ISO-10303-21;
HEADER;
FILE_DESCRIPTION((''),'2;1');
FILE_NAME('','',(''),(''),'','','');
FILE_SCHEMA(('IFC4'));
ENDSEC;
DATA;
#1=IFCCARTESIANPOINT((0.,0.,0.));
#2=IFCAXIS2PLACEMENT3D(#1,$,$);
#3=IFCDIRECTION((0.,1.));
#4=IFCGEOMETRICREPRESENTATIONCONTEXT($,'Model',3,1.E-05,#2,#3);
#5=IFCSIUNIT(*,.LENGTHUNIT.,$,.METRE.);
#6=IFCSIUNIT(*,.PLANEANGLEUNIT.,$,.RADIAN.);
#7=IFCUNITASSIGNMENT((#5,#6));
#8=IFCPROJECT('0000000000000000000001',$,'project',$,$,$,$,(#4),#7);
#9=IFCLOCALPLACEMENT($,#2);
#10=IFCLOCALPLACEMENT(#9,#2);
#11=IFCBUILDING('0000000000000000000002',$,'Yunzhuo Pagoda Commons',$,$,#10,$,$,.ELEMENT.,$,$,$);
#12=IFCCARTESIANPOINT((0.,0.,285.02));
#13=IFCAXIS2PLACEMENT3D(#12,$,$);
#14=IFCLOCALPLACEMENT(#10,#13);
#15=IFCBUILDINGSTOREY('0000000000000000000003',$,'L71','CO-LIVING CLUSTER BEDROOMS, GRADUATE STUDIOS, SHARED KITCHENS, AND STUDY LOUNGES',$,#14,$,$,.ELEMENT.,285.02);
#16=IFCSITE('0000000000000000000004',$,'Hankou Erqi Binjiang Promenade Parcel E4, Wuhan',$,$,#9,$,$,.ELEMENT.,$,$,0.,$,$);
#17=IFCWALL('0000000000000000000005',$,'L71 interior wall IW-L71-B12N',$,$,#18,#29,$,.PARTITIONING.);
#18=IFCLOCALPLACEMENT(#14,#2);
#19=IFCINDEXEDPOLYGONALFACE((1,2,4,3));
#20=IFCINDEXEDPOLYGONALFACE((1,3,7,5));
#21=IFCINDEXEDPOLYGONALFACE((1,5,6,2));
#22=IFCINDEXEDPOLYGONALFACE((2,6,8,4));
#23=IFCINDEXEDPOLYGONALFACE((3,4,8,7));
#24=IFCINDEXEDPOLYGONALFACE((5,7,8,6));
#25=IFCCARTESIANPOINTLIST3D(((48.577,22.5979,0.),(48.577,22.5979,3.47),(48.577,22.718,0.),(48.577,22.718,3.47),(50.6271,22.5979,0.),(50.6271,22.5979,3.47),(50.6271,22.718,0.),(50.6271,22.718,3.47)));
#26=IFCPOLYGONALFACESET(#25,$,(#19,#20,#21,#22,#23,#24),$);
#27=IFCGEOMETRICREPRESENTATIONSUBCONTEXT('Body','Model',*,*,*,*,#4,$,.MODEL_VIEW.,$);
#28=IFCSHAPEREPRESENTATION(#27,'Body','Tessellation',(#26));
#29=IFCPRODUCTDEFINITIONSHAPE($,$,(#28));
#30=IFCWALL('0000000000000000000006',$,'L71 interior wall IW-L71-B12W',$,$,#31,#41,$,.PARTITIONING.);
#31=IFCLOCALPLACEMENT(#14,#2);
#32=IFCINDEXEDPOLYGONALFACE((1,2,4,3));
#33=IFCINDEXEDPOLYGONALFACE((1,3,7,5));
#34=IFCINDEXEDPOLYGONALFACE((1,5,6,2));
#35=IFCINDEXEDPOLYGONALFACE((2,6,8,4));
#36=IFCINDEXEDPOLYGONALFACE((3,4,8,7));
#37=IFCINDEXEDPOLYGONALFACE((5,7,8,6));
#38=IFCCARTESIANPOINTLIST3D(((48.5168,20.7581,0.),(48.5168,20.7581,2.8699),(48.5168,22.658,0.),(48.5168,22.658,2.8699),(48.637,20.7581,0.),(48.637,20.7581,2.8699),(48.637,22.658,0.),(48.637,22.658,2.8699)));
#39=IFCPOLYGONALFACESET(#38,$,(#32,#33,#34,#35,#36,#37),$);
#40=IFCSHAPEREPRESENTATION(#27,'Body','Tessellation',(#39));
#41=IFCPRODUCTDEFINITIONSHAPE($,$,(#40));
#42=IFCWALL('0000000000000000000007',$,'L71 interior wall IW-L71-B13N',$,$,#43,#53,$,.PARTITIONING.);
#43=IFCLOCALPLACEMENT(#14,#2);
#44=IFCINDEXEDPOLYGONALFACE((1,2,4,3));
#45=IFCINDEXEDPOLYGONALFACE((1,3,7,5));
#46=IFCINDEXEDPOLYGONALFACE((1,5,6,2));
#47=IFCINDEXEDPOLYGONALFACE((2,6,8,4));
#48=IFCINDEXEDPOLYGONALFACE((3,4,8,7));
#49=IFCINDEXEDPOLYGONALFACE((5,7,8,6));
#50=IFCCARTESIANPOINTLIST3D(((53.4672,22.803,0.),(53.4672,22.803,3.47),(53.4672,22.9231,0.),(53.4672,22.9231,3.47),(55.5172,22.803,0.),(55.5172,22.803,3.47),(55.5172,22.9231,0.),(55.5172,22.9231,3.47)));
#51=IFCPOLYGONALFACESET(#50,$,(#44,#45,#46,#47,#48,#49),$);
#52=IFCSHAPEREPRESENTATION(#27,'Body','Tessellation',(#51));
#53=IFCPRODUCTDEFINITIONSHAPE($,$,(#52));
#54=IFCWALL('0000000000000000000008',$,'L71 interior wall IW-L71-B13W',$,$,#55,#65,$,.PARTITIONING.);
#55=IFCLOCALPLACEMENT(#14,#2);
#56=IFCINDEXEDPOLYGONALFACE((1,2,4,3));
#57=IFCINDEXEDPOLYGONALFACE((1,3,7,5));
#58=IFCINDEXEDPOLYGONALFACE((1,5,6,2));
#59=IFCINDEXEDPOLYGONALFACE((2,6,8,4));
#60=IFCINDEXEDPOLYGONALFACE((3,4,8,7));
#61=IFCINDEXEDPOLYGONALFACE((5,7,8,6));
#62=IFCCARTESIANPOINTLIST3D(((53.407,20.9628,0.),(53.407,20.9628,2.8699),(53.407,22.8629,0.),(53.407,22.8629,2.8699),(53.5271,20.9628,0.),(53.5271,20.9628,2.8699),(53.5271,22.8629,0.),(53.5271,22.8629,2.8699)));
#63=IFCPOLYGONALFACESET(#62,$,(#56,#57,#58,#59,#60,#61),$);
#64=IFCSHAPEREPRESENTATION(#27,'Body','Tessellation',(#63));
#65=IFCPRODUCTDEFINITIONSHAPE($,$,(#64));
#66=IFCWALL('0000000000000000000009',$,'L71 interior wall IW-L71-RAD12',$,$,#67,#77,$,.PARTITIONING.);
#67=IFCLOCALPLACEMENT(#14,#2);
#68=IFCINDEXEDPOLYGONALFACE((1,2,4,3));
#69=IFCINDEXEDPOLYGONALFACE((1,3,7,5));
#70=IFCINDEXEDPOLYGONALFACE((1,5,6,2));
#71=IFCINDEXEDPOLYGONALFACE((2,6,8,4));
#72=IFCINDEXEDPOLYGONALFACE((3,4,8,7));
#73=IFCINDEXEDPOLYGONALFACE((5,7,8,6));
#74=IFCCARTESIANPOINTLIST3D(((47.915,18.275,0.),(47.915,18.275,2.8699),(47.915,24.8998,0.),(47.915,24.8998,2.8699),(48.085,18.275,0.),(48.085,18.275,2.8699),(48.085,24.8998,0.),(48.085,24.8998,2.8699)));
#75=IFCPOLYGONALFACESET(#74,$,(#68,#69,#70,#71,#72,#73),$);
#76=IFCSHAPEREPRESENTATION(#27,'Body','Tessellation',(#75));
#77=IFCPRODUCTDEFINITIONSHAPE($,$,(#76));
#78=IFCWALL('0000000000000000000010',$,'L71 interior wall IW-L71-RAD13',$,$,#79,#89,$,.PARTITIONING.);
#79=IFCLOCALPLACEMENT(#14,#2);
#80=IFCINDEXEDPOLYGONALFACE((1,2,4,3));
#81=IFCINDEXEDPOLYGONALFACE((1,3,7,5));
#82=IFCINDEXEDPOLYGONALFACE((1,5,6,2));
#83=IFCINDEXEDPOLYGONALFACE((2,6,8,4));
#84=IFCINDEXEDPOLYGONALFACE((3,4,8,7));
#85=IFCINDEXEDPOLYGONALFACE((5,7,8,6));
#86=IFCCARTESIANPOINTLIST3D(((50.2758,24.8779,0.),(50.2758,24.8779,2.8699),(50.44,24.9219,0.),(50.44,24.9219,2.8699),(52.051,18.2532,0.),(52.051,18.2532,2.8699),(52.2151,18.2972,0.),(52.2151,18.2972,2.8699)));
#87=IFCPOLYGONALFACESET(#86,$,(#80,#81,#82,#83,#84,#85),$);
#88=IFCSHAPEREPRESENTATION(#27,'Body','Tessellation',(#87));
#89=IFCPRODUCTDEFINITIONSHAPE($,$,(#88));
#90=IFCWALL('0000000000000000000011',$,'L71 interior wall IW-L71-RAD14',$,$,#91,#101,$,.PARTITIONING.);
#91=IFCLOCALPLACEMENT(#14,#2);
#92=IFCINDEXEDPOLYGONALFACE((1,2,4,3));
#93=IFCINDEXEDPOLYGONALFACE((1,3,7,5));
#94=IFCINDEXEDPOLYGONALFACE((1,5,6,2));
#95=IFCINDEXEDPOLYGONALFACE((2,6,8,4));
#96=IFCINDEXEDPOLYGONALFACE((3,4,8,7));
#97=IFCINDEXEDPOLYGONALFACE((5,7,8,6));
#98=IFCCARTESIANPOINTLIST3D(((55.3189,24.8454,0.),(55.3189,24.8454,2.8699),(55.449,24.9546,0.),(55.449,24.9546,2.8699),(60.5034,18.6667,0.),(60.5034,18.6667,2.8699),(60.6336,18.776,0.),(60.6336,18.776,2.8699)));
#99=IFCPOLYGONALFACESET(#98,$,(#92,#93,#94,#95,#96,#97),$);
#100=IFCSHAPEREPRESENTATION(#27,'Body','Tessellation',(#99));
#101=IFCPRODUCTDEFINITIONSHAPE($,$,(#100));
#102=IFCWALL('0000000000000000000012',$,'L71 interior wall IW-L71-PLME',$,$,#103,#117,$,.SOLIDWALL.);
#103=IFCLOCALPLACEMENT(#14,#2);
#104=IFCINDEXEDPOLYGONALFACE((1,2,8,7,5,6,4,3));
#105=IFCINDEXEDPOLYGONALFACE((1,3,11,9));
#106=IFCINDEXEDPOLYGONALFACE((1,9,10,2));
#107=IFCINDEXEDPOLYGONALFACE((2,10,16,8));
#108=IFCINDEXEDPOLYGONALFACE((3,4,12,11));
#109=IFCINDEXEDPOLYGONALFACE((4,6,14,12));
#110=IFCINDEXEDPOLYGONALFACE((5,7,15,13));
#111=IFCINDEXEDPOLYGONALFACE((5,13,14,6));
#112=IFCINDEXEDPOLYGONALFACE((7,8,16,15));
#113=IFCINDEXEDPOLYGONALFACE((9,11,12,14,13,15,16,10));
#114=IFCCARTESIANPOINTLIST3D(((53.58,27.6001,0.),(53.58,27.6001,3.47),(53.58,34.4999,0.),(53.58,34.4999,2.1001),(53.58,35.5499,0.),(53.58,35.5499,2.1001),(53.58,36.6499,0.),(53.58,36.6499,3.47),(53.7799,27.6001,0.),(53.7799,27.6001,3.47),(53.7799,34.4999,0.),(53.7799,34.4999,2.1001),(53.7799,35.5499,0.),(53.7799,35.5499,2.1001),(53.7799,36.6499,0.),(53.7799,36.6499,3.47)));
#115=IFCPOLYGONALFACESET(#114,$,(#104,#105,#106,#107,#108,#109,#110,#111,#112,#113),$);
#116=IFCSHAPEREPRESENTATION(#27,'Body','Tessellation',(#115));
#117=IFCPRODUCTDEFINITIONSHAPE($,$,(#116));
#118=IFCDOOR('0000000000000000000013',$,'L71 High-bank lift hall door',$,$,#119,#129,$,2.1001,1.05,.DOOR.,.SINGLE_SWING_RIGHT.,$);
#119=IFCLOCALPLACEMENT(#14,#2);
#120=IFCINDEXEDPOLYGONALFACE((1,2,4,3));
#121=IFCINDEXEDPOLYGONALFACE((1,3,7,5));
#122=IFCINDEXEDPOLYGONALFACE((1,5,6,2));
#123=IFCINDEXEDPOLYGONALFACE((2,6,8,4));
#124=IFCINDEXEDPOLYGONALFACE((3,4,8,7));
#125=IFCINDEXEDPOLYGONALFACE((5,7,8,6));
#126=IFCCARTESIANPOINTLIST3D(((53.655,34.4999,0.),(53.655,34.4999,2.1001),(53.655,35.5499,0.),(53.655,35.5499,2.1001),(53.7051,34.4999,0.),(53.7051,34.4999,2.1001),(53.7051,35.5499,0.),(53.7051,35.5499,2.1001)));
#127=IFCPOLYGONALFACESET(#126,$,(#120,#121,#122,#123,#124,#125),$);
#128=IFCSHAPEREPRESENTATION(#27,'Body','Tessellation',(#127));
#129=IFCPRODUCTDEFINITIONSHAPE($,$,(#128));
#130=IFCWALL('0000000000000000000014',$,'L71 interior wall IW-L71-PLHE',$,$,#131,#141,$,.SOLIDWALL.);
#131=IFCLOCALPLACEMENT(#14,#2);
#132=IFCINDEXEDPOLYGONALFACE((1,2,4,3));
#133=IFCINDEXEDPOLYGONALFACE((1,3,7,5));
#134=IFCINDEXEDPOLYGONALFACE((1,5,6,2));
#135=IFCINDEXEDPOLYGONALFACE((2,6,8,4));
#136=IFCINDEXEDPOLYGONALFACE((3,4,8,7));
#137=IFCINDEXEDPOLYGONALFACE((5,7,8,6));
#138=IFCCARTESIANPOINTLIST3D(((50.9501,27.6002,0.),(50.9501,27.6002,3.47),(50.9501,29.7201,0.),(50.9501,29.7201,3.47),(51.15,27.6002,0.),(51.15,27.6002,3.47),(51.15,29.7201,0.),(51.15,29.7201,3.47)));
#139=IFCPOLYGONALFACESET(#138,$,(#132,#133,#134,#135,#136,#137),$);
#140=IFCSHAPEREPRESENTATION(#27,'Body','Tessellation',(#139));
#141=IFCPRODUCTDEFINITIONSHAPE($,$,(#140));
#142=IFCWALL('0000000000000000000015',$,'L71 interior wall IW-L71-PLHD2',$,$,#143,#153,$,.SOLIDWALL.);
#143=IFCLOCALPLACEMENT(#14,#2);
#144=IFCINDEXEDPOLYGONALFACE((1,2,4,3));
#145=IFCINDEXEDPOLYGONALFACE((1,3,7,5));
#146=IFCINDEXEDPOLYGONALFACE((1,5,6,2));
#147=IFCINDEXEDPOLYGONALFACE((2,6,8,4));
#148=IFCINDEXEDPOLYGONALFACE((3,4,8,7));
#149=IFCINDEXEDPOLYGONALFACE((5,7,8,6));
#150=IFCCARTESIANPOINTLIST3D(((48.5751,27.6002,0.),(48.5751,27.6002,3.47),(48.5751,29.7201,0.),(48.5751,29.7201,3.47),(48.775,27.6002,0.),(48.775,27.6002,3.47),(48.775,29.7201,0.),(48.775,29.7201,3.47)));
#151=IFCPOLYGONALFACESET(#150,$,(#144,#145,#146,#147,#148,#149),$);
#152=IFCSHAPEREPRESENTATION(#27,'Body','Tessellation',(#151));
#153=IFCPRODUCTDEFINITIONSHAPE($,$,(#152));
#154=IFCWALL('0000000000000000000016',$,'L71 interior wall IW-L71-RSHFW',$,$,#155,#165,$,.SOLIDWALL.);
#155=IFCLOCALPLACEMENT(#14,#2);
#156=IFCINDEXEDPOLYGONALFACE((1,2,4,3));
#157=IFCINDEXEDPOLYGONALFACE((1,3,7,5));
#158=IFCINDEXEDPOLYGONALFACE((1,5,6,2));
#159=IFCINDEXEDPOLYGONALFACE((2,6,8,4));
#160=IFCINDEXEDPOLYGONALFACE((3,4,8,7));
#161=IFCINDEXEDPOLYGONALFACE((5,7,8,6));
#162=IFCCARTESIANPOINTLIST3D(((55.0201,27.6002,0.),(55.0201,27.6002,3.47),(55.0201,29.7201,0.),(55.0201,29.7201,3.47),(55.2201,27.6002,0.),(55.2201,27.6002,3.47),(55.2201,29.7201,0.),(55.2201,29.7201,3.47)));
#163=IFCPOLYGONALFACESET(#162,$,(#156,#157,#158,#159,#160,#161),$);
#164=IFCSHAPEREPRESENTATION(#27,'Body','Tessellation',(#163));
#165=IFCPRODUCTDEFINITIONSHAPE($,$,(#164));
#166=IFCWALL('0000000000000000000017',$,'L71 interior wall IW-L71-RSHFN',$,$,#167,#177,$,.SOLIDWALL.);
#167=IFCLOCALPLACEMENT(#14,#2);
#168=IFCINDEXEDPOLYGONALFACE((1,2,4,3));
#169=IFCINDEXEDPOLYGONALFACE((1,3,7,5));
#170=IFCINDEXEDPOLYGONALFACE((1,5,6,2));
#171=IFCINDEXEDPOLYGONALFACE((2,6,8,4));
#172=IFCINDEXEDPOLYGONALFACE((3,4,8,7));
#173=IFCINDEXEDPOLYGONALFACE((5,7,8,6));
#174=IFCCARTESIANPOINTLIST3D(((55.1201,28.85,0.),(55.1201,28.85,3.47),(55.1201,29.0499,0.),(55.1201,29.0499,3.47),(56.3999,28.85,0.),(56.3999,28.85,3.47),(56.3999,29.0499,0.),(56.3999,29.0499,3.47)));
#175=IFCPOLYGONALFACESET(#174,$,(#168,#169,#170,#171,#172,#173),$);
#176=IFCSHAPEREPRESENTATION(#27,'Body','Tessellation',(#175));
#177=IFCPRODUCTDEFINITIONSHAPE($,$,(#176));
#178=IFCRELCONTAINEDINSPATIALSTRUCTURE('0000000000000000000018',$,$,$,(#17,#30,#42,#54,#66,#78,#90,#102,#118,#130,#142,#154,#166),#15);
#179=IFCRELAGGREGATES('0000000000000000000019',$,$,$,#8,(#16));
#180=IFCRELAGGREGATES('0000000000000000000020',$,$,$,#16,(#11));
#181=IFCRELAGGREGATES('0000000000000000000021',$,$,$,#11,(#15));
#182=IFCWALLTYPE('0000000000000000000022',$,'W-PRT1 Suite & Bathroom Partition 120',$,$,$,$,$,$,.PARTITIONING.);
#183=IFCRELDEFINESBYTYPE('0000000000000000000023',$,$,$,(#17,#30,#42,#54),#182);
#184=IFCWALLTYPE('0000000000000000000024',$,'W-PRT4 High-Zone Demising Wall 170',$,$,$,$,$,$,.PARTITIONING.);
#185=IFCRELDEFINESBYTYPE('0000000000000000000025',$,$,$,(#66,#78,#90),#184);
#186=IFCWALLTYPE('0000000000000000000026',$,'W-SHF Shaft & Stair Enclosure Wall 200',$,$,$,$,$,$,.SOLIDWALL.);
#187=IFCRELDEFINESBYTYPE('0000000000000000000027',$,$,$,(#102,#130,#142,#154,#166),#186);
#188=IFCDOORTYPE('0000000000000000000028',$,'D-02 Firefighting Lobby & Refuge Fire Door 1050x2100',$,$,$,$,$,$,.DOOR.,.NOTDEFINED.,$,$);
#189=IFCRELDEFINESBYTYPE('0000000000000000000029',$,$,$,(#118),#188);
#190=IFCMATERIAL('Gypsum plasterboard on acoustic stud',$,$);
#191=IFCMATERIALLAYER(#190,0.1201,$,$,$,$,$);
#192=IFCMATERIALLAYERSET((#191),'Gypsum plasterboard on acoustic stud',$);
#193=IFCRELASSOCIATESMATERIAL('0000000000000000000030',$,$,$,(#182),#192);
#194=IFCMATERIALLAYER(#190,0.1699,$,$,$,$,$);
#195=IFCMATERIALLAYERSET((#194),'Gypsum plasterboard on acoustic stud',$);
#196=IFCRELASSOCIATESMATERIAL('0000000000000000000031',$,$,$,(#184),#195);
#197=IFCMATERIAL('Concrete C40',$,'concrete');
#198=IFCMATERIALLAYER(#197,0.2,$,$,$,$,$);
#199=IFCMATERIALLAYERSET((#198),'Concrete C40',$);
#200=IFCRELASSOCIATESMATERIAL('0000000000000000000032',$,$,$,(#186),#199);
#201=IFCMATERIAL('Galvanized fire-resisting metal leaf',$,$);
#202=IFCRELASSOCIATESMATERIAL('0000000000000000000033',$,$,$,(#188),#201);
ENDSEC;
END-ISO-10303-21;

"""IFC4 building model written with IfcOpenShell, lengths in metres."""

from ifc_helpers import new_model, si_unit, direction, frame, frame_2d, origin, origin_with_axes, place, context, subcontext, project, spatial, rectangle, extrude, source, transform, mapped, material, layer, layer_set, type_object, element, fill, save


model = new_model("IFC4")

# Units and contexts
model_context = context("Model", 3, precision=1e-05, world=origin(), true_north=direction((0.0, 1.0)))
body_context = subcontext(model_context, "Body", "Model", "MODEL_VIEW")
ifc_project = project(units=[si_unit("LENGTHUNIT", "METRE"), si_unit("PLANEANGLEUNIT", "RADIAN")], contexts=[model_context])

# Site, building, storey
site_placement = place(None, origin())
site = spatial("IfcSite", under=ifc_project, at=site_placement, Name="Hankou Erqi Binjiang Promenade Parcel E4, Wuhan", CompositionType="ELEMENT", RefElevation=0.0)
building_placement = place(site_placement, origin())
building = spatial("IfcBuilding", under=site, at=building_placement, Name="Yunzhuo Pagoda Commons", CompositionType="ELEMENT")
storey_placement = place(building_placement, frame((0.0, 0.0, 285.02)))
storey = spatial("IfcBuildingStorey", under=building, at=storey_placement, Name="L71", Description="CO-LIVING CLUSTER BEDROOMS, GRADUATE STUDIOS, SHARED KITCHENS, AND STUDY LOUNGES", CompositionType="ELEMENT", Elevation=285.02)

# Shared definitions
ifc_material_1 = material(Name="Gypsum plasterboard on acoustic stud")

# Shared definitions
ifc_material_2 = material(Name="Galvanized fire-resisting metal leaf")

# Walls
ifc_layer_1 = layer(ifc_material_1, 0.1201)
ifc_layer_set_1 = layer_set([ifc_layer_1], Name="Gypsum plasterboard on acoustic stud")
wall_type_1 = type_object("IfcWallType", Name="W-PRT1 Suite & Bathroom Partition 120", PredefinedType="PARTITIONING", material=ifc_layer_set_1)
for number, where, z_axis, x_axis, name in (
    (1, (50.627, 22.658, 0.0), (0.0, 0.0, 1.0), (-1.0, 0.0, 0.0), "L71 interior wall IW-L71-B12N"),
):
    element("IfcWall", number, at=place(storey_placement, frame(where, z_axis=z_axis, x_axis=x_axis)), inside=storey, type_object=wall_type_1, Name=name, PredefinedType="PARTITIONING", context=body_context, shape_type="SweptSolid", body=[
        extrude(rectangle(XDim=2.05, YDim=0.1201, at=frame_2d((1.0249, 0.0))), origin(), (0.0, 0.0, 1.0), 3.47),
    ])
wall_1_placement = place(storey_placement, frame((48.5769, 22.658, 0.0), z_axis=(0.0, 0.0, 1.0), x_axis=(0.0, -1.0, 0.0)))
element("IfcWall", 2, at=wall_1_placement, inside=storey, type_object=wall_type_1, Name="L71 interior wall IW-L71-B12W", PredefinedType="PARTITIONING", context=body_context, shape_type="SweptSolid", body=[
    extrude(rectangle(XDim=1.8999, YDim=0.1201, at=frame_2d((0.95, 0.0))), origin(), (0.0, 0.0, 1.0), 2.8699),
])
wall_2_placement = place(storey_placement, frame((55.5171, 22.863, 0.0), z_axis=(0.0, 0.0, 1.0), x_axis=(-1.0, 0.0, 0.0)))
element("IfcWall", 3, at=wall_2_placement, inside=storey, type_object=wall_type_1, Name="L71 interior wall IW-L71-B13N", PredefinedType="PARTITIONING", context=body_context, shape_type="SweptSolid", body=[
    extrude(rectangle(XDim=2.05, YDim=0.1201, at=frame_2d((1.0249, 0.0))), origin(), (0.0, 0.0, 1.0), 3.47),
])
wall_3_placement = place(storey_placement, frame((53.467, 22.863, 0.0), z_axis=(0.0, 0.0, 1.0), x_axis=(0.0, -1.0, 0.0)))
element("IfcWall", 4, at=wall_3_placement, inside=storey, type_object=wall_type_1, Name="L71 interior wall IW-L71-B13W", PredefinedType="PARTITIONING", context=body_context, shape_type="SweptSolid", body=[
    extrude(rectangle(XDim=1.9001, YDim=0.1201, at=frame_2d((0.9502, 0.0))), origin(), (0.0, 0.0, 1.0), 2.8699),
])
ifc_layer_2 = layer(ifc_material_1, 0.1699)
ifc_layer_set_2 = layer_set([ifc_layer_2], Name="Gypsum plasterboard on acoustic stud")
wall_type_2 = type_object("IfcWallType", Name="W-PRT4 High-Zone Demising Wall 170", PredefinedType="PARTITIONING", material=ifc_layer_set_2)
wall_4_placement = place(storey_placement, frame((48.0, 24.8999, 0.0), z_axis=(0.0, 0.0, 1.0), x_axis=(0.0, -1.0, 0.0)))
element("IfcWall", 5, at=wall_4_placement, inside=storey, type_object=wall_type_2, Name="L71 interior wall IW-L71-RAD12", PredefinedType="PARTITIONING", context=body_context, shape_type="SweptSolid", body=[
    extrude(rectangle(XDim=6.6248, YDim=0.1699, at=frame_2d((3.3125, 0.0))), origin(), (0.0, 0.0, 1.0), 2.8699),
])
wall_5_placement = place(storey_placement, frame((50.3579, 24.8999, 0.0), z_axis=(0.0, 0.0, 1.0), x_axis=(0.258826, -0.965924, 0.0)))
element("IfcWall", 6, at=wall_5_placement, inside=storey, type_object=wall_type_2, Name="L71 interior wall IW-L71-RAD13", PredefinedType="PARTITIONING", context=body_context, shape_type="SweptSolid", body=[
    extrude(rectangle(XDim=6.8584, YDim=0.1699, at=frame_2d((3.4292, 0.0))), origin(), (0.0, 0.0, 1.0), 2.8699),
])
wall_6_placement = place(storey_placement, frame((55.384, 24.8999, 0.0), z_axis=(0.0, 0.0, 1.0), x_axis=(0.642789, -0.766043, 0.0)))
element("IfcWall", 7, at=wall_6_placement, inside=storey, type_object=wall_type_2, Name="L71 interior wall IW-L71-RAD14", PredefinedType="PARTITIONING", context=body_context, shape_type="SweptSolid", body=[
    extrude(rectangle(XDim=8.0657, YDim=0.1699, at=frame_2d((4.0327, 0.0))), origin(), (0.0, 0.0, 1.0), 2.8699),
])

# Wall, opening, door
ifc_material_3 = material(Name="Concrete C40", Category="concrete")
ifc_layer_3 = layer(ifc_material_3, 0.2)
ifc_layer_set_3 = layer_set([ifc_layer_3], Name="Concrete C40")
wall_type_3 = type_object("IfcWallType", Name="W-SHF Shaft & Stair Enclosure Wall 200", PredefinedType="SOLIDWALL", material=ifc_layer_set_3)
wall_7_placement = place(storey_placement, frame((53.6799, 27.6001, 0.0), z_axis=(0.0, 0.0, 1.0), x_axis=(0.0, 1.0, 0.0)))
wall_7 = element("IfcWall", 8, at=wall_7_placement, inside=storey, type_object=wall_type_3, Name="L71 interior wall IW-L71-PLME", PredefinedType="SOLIDWALL", context=body_context, shape_type="SweptSolid", body=[
    extrude(rectangle(XDim=9.0498, YDim=0.2, at=frame_2d((4.5249, 0.0))), origin(), (0.0, 0.0, 1.0), 3.47),
])
opening_1_placement = place(wall_7_placement, frame((6.8999, 0.0, 0.0)))
opening_1 = element("IfcOpeningElement", 9, at=opening_1_placement, cuts=wall_7, PredefinedType="OPENING", context=body_context, shape_type="SweptSolid", body=[
    extrude(rectangle(XDim=1.05, YDim=2.1001, at=frame_2d((0.5249, 1.05))), frame((0.0, 0.1099, 0.0), z_axis=(0.0, -1.0, 0.0), x_axis=(1.0, 0.0, 0.0)), (0.0, 0.0, 1.0), 0.22),
])
door_type_1 = type_object("IfcDoorType", Name="D-02 Firefighting Lobby & Refuge Fire Door 1050x2100", OperationType="NOTDEFINED", PredefinedType="DOOR", material=ifc_material_2)
shared_shape_1 = source(origin(), body_context, "Body", "SweptSolid", [
    extrude(rectangle(XDim=1.05, YDim=2.1001, at=frame_2d((0.5249, 1.05))), frame((0.0, 0.0249, 0.0), z_axis=(0.0, -1.0, 0.0), x_axis=(1.0, 0.0, 0.0)), (0.0, 0.0, 1.0), 0.05),
])
door_1_placement = place(opening_1_placement, origin_with_axes())
door_1 = element("IfcDoor", 10, at=door_1_placement, inside=storey, type_object=door_type_1, Name="L71 High-bank lift hall door", OperationType="SINGLE_SWING_RIGHT", OverallHeight=2.1001, OverallWidth=1.05, PredefinedType="DOOR", context=body_context, shape_type="MappedRepresentation", body=[
    mapped(shared_shape_1, transform((0.0, 0.0, 0.0), scale=1.0)),
])
fill(opening_1, door_1)

# Walls
for number, where, z_axis, x_axis, name in (
    (11, (51.05, 27.6001, 0.0), (0.0, 0.0, 1.0), (0.0, 1.0, 0.0), "L71 interior wall IW-L71-PLHE"),
    (12, (48.675, 27.6001, 0.0), (0.0, 0.0, 1.0), (0.0, 1.0, 0.0), "L71 interior wall IW-L71-PLHD2"),
    (13, (55.1201, 27.6001, 0.0), (0.0, 0.0, 1.0), (0.0, 1.0, 0.0), "L71 interior wall IW-L71-RSHFW"),
):
    element("IfcWall", number, at=place(storey_placement, frame(where, z_axis=z_axis, x_axis=x_axis)), inside=storey, type_object=wall_type_3, Name=name, PredefinedType="SOLIDWALL", context=body_context, shape_type="SweptSolid", body=[
        extrude(rectangle(XDim=2.1199, YDim=0.2, at=frame_2d((1.0601, 0.0))), origin(), (0.0, 0.0, 1.0), 3.47),
    ])
wall_8_placement = place(storey_placement, frame((55.1201, 28.95, 0.0), z_axis=(0.0, 0.0, 1.0), x_axis=(1.0, 0.0, 0.0)))
element("IfcWall", 14, at=wall_8_placement, inside=storey, type_object=wall_type_3, Name="L71 interior wall IW-L71-RSHFN", PredefinedType="SOLIDWALL", context=body_context, shape_type="SweptSolid", body=[
    extrude(rectangle(XDim=1.2798, YDim=0.2, at=frame_2d((0.6399, 0.0))), origin(), (0.0, 0.0, 1.0), 3.47),
])

save(model, "model.ifc")
